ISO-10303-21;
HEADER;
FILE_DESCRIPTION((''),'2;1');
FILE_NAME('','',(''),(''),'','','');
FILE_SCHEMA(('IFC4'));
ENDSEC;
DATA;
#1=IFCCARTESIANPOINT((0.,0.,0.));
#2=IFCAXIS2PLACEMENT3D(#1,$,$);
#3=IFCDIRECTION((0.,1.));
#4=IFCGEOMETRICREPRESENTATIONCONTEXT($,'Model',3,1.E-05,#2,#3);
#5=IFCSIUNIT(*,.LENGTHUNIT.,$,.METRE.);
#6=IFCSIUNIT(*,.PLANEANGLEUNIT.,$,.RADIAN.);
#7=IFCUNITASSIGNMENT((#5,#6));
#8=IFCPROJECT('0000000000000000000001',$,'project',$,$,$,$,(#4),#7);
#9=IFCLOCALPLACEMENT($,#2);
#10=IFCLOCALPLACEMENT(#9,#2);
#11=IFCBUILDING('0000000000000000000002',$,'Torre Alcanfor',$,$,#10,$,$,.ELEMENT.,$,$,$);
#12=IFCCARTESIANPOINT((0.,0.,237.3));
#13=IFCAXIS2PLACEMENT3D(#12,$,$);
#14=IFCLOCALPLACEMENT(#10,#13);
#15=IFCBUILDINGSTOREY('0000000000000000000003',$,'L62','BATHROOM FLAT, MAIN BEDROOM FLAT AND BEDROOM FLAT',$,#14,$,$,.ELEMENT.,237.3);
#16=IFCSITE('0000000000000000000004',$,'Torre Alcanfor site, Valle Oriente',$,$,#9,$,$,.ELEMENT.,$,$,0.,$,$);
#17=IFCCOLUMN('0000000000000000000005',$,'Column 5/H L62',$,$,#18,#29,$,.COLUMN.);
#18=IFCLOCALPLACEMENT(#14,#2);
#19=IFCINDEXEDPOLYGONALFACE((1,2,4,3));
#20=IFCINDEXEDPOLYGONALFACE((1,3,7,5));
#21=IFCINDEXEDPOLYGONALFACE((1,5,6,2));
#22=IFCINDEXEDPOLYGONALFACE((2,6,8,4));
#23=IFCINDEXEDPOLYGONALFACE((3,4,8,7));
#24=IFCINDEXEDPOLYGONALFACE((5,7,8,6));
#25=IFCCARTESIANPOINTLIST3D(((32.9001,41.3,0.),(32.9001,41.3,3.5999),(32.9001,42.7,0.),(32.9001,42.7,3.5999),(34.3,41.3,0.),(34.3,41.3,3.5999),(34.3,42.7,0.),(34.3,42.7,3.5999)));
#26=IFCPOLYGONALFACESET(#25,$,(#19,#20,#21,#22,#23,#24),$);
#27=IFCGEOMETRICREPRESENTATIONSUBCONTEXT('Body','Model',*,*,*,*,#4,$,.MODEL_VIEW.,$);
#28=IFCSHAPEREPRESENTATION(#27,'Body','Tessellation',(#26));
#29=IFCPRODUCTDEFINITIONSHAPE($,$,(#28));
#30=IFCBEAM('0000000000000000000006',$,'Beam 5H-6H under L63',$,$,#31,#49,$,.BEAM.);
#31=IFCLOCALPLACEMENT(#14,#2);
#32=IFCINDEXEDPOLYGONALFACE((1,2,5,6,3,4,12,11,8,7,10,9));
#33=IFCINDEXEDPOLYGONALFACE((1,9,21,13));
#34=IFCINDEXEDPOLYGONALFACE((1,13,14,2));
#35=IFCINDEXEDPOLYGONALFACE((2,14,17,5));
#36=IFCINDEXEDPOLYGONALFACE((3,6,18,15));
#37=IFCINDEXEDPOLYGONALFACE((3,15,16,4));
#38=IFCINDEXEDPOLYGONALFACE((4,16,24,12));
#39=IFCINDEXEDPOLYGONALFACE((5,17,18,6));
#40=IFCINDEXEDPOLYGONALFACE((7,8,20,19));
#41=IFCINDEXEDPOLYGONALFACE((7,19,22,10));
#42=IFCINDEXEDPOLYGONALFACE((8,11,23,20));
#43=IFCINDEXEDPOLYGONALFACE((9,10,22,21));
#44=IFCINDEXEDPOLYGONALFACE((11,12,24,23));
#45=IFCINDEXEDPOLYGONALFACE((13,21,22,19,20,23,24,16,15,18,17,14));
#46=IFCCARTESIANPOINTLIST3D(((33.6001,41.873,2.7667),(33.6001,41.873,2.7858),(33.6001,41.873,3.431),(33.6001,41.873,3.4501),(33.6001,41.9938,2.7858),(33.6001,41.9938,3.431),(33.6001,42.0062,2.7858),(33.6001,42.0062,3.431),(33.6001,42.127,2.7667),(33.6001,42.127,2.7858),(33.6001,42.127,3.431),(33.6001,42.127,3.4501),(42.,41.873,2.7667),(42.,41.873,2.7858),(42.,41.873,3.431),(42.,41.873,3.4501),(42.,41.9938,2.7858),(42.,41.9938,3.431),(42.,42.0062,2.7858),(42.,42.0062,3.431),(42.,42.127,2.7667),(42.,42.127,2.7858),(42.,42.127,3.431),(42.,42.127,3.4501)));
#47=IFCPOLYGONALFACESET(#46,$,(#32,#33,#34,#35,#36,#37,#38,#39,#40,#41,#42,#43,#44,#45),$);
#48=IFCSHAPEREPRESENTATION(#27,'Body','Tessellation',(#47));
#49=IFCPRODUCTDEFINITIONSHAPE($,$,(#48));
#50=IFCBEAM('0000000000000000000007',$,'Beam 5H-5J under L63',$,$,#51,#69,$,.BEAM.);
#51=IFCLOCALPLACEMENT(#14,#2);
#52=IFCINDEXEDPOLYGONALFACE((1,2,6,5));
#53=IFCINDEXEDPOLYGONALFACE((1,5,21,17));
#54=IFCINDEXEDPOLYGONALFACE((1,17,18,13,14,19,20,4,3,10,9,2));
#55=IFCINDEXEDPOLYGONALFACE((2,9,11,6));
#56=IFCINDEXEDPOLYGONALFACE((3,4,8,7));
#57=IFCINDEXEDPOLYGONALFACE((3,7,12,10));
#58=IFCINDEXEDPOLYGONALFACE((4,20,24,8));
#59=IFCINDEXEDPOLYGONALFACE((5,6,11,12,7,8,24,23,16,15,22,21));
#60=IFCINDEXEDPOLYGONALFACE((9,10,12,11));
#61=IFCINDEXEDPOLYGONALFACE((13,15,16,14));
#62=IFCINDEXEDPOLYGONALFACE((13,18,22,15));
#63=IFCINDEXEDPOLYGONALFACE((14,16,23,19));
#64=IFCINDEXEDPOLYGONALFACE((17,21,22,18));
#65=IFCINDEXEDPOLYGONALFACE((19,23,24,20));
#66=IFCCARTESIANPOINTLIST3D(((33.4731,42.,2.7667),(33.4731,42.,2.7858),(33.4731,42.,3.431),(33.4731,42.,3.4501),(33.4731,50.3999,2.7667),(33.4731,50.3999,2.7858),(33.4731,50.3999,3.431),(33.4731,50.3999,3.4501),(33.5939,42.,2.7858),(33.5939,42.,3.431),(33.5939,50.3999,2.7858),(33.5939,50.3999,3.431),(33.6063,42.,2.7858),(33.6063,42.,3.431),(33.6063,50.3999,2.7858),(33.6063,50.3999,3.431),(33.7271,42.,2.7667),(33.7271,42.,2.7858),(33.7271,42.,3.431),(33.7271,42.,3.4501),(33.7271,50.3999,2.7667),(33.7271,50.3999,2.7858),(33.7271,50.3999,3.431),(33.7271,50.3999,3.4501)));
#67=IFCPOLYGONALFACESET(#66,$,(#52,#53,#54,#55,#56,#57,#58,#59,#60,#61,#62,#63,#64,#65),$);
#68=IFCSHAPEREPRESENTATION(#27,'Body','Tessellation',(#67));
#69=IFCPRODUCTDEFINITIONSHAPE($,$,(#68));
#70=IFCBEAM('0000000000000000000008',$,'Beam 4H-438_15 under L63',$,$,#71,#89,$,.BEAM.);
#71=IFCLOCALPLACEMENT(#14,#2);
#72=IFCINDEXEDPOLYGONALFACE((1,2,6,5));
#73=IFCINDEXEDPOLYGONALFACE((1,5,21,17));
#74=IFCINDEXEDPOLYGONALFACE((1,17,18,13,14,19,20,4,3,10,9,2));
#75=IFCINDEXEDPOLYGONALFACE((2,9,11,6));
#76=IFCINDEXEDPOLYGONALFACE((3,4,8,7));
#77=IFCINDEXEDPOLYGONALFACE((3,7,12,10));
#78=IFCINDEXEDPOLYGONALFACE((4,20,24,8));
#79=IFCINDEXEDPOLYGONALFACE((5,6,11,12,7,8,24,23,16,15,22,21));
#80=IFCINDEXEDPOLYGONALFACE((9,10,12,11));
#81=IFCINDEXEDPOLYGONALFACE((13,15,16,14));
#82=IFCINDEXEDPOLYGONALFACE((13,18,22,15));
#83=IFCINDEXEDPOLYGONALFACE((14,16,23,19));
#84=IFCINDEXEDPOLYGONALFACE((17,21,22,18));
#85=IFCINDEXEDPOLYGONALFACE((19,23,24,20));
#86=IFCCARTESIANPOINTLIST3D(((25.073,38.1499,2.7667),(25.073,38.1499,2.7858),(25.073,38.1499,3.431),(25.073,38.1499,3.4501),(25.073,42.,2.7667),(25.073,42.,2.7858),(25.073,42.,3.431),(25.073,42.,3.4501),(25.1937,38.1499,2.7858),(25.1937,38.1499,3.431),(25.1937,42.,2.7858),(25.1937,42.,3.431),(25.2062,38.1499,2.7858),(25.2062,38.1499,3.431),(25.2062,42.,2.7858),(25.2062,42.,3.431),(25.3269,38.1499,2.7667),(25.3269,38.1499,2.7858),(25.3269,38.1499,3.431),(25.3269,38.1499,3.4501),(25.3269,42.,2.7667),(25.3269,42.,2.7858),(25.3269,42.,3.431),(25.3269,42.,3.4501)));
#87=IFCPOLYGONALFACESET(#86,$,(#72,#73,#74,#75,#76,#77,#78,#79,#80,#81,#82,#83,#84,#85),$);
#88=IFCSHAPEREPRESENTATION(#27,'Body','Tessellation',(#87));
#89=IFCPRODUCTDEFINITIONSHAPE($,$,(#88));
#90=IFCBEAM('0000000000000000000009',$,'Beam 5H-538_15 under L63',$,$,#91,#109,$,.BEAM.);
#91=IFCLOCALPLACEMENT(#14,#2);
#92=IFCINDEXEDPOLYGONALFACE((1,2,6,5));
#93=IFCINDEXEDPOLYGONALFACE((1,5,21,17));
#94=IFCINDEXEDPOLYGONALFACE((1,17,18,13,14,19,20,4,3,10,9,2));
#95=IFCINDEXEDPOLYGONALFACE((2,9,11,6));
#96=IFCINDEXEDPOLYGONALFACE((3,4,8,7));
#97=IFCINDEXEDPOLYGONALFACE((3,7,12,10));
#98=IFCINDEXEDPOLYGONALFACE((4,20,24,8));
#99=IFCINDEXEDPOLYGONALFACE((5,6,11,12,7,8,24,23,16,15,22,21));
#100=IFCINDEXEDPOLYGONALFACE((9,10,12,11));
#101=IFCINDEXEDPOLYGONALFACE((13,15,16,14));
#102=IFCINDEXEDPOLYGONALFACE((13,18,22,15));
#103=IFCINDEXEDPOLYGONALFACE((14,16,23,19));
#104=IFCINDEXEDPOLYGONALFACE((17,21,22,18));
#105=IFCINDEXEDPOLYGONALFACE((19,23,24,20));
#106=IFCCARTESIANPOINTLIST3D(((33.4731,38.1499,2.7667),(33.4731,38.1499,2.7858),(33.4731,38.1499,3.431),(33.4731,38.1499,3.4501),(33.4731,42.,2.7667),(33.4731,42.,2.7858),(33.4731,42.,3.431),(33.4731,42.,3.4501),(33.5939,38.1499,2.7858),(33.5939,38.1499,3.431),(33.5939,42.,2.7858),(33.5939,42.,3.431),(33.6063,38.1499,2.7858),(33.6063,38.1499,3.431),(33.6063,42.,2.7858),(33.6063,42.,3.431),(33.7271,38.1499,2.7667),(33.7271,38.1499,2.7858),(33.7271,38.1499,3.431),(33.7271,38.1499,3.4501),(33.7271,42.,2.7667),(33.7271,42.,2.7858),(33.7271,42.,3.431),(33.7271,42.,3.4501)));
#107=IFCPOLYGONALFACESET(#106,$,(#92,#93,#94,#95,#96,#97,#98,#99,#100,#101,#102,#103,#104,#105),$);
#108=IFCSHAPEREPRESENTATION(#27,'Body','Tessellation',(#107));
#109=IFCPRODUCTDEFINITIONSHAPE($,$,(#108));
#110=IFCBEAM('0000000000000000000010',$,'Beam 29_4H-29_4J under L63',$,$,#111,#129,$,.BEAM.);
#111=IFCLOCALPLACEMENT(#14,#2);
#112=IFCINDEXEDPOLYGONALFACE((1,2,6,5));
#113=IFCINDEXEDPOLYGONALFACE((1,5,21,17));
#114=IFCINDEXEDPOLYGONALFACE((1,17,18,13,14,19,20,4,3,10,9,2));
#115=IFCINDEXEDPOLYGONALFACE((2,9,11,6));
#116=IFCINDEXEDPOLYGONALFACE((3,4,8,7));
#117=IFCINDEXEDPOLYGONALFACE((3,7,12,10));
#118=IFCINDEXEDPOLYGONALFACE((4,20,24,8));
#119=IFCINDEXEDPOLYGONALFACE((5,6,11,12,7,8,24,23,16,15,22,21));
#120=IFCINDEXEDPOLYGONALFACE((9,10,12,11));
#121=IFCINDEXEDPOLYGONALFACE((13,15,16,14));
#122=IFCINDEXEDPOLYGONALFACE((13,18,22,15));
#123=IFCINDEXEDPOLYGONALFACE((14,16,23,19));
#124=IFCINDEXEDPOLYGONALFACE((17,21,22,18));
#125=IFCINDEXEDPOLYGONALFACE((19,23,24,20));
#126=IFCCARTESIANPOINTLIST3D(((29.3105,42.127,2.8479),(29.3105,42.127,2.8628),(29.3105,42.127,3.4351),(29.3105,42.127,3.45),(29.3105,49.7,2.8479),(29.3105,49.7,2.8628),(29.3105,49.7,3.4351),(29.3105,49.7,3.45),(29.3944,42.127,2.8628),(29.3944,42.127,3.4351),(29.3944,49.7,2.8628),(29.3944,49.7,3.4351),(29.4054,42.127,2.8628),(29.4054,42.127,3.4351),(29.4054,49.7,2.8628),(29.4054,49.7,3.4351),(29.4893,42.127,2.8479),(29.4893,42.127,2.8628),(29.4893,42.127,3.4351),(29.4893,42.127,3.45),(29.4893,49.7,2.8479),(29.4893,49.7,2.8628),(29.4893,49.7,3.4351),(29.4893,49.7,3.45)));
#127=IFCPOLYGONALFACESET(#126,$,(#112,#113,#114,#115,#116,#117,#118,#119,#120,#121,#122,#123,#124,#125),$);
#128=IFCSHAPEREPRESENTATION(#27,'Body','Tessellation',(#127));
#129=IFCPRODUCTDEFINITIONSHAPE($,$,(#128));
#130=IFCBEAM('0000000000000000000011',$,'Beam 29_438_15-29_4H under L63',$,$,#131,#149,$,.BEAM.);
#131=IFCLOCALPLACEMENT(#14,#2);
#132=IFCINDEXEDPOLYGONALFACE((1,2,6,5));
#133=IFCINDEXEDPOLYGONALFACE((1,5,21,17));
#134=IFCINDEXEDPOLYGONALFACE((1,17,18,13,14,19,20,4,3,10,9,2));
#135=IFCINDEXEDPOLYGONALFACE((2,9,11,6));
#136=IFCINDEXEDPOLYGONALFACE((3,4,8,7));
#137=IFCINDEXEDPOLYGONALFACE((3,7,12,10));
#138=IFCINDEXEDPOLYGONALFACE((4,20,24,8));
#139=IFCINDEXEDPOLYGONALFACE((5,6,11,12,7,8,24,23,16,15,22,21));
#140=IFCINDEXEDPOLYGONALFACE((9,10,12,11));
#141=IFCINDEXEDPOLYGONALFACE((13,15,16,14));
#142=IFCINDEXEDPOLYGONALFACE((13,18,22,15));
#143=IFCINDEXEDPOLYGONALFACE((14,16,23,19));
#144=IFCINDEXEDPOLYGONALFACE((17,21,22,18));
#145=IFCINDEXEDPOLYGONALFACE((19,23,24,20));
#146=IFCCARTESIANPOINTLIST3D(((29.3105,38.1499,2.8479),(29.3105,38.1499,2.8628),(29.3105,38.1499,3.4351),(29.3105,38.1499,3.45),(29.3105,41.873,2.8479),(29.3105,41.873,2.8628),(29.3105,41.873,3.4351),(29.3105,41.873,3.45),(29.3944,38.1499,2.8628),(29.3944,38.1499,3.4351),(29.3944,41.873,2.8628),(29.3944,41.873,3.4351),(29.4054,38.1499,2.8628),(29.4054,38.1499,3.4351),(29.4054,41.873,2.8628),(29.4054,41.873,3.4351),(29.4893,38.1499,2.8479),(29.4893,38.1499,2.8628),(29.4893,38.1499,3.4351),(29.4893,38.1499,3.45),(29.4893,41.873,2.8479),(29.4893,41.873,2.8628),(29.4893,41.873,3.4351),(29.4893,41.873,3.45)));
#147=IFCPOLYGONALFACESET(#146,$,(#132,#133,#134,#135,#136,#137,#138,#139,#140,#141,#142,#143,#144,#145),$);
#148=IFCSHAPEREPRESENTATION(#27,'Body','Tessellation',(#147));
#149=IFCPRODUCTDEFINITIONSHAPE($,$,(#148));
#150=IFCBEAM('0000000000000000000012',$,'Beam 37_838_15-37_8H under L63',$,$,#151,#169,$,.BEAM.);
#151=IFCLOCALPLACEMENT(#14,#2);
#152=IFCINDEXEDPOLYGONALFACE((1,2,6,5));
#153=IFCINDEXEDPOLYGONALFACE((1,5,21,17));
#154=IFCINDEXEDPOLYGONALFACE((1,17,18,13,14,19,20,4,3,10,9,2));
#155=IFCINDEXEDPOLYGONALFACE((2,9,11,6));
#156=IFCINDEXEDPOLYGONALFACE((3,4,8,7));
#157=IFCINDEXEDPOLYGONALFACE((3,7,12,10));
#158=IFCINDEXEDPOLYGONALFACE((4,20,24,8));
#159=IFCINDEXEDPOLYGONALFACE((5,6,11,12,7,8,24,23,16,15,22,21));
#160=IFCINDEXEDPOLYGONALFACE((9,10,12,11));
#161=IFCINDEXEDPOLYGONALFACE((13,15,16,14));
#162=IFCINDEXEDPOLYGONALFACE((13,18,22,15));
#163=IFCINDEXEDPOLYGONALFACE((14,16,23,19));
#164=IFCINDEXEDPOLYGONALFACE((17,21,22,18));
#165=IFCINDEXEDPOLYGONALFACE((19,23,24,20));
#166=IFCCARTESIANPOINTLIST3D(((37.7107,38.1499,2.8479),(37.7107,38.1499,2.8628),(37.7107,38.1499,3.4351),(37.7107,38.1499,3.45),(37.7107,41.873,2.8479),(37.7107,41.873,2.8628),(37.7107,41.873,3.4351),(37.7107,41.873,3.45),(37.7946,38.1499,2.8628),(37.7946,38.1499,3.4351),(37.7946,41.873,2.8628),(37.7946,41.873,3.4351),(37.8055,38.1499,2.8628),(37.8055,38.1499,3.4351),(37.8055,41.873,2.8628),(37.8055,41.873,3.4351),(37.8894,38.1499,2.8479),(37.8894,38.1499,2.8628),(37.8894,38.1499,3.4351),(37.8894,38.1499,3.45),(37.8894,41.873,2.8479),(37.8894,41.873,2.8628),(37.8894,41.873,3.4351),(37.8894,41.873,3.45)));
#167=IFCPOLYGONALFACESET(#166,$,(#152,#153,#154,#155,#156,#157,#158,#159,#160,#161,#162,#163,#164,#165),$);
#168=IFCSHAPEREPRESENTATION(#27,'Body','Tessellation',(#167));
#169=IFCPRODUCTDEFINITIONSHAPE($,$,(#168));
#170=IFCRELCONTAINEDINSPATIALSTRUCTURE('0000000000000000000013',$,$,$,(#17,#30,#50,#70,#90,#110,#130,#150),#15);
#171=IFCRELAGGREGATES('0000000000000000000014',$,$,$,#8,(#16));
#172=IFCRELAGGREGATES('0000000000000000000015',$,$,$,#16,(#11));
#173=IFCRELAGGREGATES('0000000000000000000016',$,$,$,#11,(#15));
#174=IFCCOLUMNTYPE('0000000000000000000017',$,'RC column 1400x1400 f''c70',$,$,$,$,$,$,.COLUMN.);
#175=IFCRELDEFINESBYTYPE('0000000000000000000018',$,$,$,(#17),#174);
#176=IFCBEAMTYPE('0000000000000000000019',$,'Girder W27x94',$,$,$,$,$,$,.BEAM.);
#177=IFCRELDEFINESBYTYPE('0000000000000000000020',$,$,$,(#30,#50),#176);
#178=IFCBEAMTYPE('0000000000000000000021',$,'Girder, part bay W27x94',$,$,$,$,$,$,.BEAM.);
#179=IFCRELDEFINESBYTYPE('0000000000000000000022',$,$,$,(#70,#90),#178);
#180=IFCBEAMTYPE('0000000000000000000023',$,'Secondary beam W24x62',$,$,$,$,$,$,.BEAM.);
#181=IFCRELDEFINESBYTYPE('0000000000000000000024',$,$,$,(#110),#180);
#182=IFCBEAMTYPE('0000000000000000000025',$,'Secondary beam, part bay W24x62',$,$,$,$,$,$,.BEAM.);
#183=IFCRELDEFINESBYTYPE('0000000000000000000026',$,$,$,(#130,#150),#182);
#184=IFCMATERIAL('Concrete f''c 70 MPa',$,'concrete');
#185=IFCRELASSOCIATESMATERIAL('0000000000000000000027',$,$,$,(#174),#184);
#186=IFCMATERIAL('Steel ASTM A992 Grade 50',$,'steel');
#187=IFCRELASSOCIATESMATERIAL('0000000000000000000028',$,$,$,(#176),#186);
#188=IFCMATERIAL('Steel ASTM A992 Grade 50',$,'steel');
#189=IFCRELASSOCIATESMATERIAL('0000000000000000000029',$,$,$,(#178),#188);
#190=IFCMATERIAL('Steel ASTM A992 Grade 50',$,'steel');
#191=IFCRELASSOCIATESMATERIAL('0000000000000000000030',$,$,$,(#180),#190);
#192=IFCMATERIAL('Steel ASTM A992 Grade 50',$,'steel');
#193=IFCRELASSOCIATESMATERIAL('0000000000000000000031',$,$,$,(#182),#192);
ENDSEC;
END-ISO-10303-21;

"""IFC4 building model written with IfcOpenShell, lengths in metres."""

from ifc_helpers import new_model, si_unit, direction, frame, origin, origin_2d, place, context, subcontext, project, spatial, rectangle, i_section, extrude, material, material_profile, profile_set, type_object, element, save


model = new_model("IFC4")

# Units and contexts
model_context = context("Model", 3, precision=1e-05, world=origin(), true_north=direction((0.0, 1.0)))
body_context = subcontext(model_context, "Body", "Model", "MODEL_VIEW")
ifc_project = project(units=[si_unit("LENGTHUNIT", "METRE"), si_unit("PLANEANGLEUNIT", "RADIAN")], contexts=[model_context])

# Site, building, storey
site_placement = place(None, origin())
site = spatial("IfcSite", under=ifc_project, at=site_placement, Name="Torre Alcanfor site, Valle Oriente", CompositionType="ELEMENT", RefElevation=0.0)
building_placement = place(site_placement, origin())
building = spatial("IfcBuilding", under=site, at=building_placement, Name="Torre Alcanfor", CompositionType="ELEMENT")
storey_placement = place(building_placement, frame((0.0, 0.0, 237.3)))
storey = spatial("IfcBuildingStorey", under=building, at=storey_placement, Name="L62", Description="BATHROOM FLAT, MAIN BEDROOM FLAT AND BEDROOM FLAT", CompositionType="ELEMENT", Elevation=237.3)

# Column
ifc_material_1 = material(Name="Concrete f'c 70 MPa", Category="concrete")
ifc_material_profile_1 = material_profile(ifc_material_1, rectangle(XDim=1.3999, YDim=1.3999, at=origin_2d()), Name="1400x1400")
ifc_profile_set_1 = profile_set([ifc_material_profile_1], Name="Concrete f'c 70 MPa")
column_type = type_object("IfcColumnType", Name="RC column 1400x1400 f'c70", PredefinedType="COLUMN", material=ifc_profile_set_1)
column_placement = place(storey_placement, frame((33.6001, 42.0, 0.0), z_axis=(0.0, 0.0, 1.0), x_axis=(1.0, 0.0, 0.0)))
element("IfcColumn", 1, at=column_placement, inside=storey, type_object=column_type, Name="Column 5/H L62", PredefinedType="COLUMN", context=body_context, shape_type="SweptSolid", body=[
    extrude(rectangle(XDim=1.3999, YDim=1.3999, at=origin_2d()), origin(), (0.0, 0.0, 1.0), 3.5999),
])

# Beams
ifc_material_2 = material(Name="Steel ASTM A992 Grade 50", Category="steel")
ifc_material_profile_2 = material_profile(ifc_material_2, i_section(OverallWidth=0.2539, OverallDepth=0.6833, WebThickness=0.0125, FlangeThickness=0.019, at=origin_2d()), Name="W27x94")
ifc_profile_set_2 = profile_set([ifc_material_profile_2], Name="Steel ASTM A992 Grade 50")
beam_type_1 = type_object("IfcBeamType", Name="Girder W27x94", PredefinedType="BEAM", material=ifc_profile_set_2)
for number, where, z_axis, x_axis, name in (
    (2, (33.6001, 42.0, 3.1084), (1.0, 0.0, 0.0), (0.0, 1.0, 0.0), "Beam 5H-6H under L63"),
    (3, (33.6001, 42.0, 3.1084), (0.0, 1.0, 0.0), (-1.0, 0.0, 0.0), "Beam 5H-5J under L63"),
):
    element("IfcBeam", number, at=place(storey_placement, frame(where, z_axis=z_axis, x_axis=x_axis)), inside=storey, type_object=beam_type_1, Name=name, PredefinedType="BEAM", context=body_context, shape_type="SweptSolid", body=[
        extrude(i_section(OverallWidth=0.2539, OverallDepth=0.6833, WebThickness=0.0125, FlangeThickness=0.019, at=origin_2d()), origin(), (0.0, 0.0, 1.0), 8.3999),
    ])
ifc_material_3 = material(Name="Steel ASTM A992 Grade 50", Category="steel")
ifc_material_profile_3 = material_profile(ifc_material_3, i_section(OverallWidth=0.2539, OverallDepth=0.6833, WebThickness=0.0125, FlangeThickness=0.019, at=origin_2d()), Name="W27x94")
ifc_profile_set_3 = profile_set([ifc_material_profile_3], Name="Steel ASTM A992 Grade 50")
beam_type_2 = type_object("IfcBeamType", Name="Girder, part bay W27x94", PredefinedType="BEAM", material=ifc_profile_set_3)
for number, where, z_axis, x_axis, name in (
    (4, (25.2, 42.0, 3.1084), (0.0, -1.0, 0.0), (1.0, 0.0, 0.0), "Beam 4H-438_15 under L63"),
    (5, (33.6001, 42.0, 3.1084), (0.0, -1.0, 0.0), (1.0, 0.0, 0.0), "Beam 5H-538_15 under L63"),
):
    element("IfcBeam", number, at=place(storey_placement, frame(where, z_axis=z_axis, x_axis=x_axis)), inside=storey, type_object=beam_type_2, Name=name, PredefinedType="BEAM", context=body_context, shape_type="SweptSolid", body=[
        extrude(i_section(OverallWidth=0.2539, OverallDepth=0.6833, WebThickness=0.0125, FlangeThickness=0.019, at=origin_2d()), origin(), (0.0, 0.0, 1.0), 3.8501),
    ])
ifc_material_4 = material(Name="Steel ASTM A992 Grade 50", Category="steel")
ifc_material_profile_4 = material_profile(ifc_material_4, i_section(OverallWidth=0.1787, OverallDepth=0.6021, WebThickness=0.011, FlangeThickness=0.0149, at=origin_2d()), Name="W24x62")
ifc_profile_set_4 = profile_set([ifc_material_profile_4], Name="Steel ASTM A992 Grade 50")
beam_type_3 = type_object("IfcBeamType", Name="Secondary beam W24x62", PredefinedType="BEAM", material=ifc_profile_set_4)
beam_1_placement = place(storey_placement, frame((29.3999, 42.127, 3.1489), z_axis=(0.0, 1.0, 0.0), x_axis=(-1.0, 0.0, 0.0)))
element("IfcBeam", 6, at=beam_1_placement, inside=storey, type_object=beam_type_3, Name="Beam 29_4H-29_4J under L63", PredefinedType="BEAM", context=body_context, shape_type="SweptSolid", body=[
    extrude(i_section(OverallWidth=0.1787, OverallDepth=0.6021, WebThickness=0.011, FlangeThickness=0.0149, at=origin_2d()), origin(), (0.0, 0.0, 1.0), 7.573),
])
ifc_material_5 = material(Name="Steel ASTM A992 Grade 50", Category="steel")
ifc_material_profile_5 = material_profile(ifc_material_5, i_section(OverallWidth=0.1787, OverallDepth=0.6021, WebThickness=0.011, FlangeThickness=0.0149, at=origin_2d()), Name="W24x62")
ifc_profile_set_5 = profile_set([ifc_material_profile_5], Name="Steel ASTM A992 Grade 50")
beam_type_4 = type_object("IfcBeamType", Name="Secondary beam, part bay W24x62", PredefinedType="BEAM", material=ifc_profile_set_5)
for number, where, z_axis, x_axis, name in (
    (7, (29.3999, 38.1499, 3.1489), (0.0, 1.0, 0.0), (-1.0, 0.0, 0.0), "Beam 29_438_15-29_4H under L63"),
    (8, (37.8, 38.1499, 3.1489), (0.0, 1.0, 0.0), (-1.0, 0.0, 0.0), "Beam 37_838_15-37_8H under L63"),
):
    element("IfcBeam", number, at=place(storey_placement, frame(where, z_axis=z_axis, x_axis=x_axis)), inside=storey, type_object=beam_type_4, Name=name, PredefinedType="BEAM", context=body_context, shape_type="SweptSolid", body=[
        extrude(i_section(OverallWidth=0.1787, OverallDepth=0.6021, WebThickness=0.011, FlangeThickness=0.0149, at=origin_2d()), origin(), (0.0, 0.0, 1.0), 3.7231),
    ])

save(model, "model.ifc")
